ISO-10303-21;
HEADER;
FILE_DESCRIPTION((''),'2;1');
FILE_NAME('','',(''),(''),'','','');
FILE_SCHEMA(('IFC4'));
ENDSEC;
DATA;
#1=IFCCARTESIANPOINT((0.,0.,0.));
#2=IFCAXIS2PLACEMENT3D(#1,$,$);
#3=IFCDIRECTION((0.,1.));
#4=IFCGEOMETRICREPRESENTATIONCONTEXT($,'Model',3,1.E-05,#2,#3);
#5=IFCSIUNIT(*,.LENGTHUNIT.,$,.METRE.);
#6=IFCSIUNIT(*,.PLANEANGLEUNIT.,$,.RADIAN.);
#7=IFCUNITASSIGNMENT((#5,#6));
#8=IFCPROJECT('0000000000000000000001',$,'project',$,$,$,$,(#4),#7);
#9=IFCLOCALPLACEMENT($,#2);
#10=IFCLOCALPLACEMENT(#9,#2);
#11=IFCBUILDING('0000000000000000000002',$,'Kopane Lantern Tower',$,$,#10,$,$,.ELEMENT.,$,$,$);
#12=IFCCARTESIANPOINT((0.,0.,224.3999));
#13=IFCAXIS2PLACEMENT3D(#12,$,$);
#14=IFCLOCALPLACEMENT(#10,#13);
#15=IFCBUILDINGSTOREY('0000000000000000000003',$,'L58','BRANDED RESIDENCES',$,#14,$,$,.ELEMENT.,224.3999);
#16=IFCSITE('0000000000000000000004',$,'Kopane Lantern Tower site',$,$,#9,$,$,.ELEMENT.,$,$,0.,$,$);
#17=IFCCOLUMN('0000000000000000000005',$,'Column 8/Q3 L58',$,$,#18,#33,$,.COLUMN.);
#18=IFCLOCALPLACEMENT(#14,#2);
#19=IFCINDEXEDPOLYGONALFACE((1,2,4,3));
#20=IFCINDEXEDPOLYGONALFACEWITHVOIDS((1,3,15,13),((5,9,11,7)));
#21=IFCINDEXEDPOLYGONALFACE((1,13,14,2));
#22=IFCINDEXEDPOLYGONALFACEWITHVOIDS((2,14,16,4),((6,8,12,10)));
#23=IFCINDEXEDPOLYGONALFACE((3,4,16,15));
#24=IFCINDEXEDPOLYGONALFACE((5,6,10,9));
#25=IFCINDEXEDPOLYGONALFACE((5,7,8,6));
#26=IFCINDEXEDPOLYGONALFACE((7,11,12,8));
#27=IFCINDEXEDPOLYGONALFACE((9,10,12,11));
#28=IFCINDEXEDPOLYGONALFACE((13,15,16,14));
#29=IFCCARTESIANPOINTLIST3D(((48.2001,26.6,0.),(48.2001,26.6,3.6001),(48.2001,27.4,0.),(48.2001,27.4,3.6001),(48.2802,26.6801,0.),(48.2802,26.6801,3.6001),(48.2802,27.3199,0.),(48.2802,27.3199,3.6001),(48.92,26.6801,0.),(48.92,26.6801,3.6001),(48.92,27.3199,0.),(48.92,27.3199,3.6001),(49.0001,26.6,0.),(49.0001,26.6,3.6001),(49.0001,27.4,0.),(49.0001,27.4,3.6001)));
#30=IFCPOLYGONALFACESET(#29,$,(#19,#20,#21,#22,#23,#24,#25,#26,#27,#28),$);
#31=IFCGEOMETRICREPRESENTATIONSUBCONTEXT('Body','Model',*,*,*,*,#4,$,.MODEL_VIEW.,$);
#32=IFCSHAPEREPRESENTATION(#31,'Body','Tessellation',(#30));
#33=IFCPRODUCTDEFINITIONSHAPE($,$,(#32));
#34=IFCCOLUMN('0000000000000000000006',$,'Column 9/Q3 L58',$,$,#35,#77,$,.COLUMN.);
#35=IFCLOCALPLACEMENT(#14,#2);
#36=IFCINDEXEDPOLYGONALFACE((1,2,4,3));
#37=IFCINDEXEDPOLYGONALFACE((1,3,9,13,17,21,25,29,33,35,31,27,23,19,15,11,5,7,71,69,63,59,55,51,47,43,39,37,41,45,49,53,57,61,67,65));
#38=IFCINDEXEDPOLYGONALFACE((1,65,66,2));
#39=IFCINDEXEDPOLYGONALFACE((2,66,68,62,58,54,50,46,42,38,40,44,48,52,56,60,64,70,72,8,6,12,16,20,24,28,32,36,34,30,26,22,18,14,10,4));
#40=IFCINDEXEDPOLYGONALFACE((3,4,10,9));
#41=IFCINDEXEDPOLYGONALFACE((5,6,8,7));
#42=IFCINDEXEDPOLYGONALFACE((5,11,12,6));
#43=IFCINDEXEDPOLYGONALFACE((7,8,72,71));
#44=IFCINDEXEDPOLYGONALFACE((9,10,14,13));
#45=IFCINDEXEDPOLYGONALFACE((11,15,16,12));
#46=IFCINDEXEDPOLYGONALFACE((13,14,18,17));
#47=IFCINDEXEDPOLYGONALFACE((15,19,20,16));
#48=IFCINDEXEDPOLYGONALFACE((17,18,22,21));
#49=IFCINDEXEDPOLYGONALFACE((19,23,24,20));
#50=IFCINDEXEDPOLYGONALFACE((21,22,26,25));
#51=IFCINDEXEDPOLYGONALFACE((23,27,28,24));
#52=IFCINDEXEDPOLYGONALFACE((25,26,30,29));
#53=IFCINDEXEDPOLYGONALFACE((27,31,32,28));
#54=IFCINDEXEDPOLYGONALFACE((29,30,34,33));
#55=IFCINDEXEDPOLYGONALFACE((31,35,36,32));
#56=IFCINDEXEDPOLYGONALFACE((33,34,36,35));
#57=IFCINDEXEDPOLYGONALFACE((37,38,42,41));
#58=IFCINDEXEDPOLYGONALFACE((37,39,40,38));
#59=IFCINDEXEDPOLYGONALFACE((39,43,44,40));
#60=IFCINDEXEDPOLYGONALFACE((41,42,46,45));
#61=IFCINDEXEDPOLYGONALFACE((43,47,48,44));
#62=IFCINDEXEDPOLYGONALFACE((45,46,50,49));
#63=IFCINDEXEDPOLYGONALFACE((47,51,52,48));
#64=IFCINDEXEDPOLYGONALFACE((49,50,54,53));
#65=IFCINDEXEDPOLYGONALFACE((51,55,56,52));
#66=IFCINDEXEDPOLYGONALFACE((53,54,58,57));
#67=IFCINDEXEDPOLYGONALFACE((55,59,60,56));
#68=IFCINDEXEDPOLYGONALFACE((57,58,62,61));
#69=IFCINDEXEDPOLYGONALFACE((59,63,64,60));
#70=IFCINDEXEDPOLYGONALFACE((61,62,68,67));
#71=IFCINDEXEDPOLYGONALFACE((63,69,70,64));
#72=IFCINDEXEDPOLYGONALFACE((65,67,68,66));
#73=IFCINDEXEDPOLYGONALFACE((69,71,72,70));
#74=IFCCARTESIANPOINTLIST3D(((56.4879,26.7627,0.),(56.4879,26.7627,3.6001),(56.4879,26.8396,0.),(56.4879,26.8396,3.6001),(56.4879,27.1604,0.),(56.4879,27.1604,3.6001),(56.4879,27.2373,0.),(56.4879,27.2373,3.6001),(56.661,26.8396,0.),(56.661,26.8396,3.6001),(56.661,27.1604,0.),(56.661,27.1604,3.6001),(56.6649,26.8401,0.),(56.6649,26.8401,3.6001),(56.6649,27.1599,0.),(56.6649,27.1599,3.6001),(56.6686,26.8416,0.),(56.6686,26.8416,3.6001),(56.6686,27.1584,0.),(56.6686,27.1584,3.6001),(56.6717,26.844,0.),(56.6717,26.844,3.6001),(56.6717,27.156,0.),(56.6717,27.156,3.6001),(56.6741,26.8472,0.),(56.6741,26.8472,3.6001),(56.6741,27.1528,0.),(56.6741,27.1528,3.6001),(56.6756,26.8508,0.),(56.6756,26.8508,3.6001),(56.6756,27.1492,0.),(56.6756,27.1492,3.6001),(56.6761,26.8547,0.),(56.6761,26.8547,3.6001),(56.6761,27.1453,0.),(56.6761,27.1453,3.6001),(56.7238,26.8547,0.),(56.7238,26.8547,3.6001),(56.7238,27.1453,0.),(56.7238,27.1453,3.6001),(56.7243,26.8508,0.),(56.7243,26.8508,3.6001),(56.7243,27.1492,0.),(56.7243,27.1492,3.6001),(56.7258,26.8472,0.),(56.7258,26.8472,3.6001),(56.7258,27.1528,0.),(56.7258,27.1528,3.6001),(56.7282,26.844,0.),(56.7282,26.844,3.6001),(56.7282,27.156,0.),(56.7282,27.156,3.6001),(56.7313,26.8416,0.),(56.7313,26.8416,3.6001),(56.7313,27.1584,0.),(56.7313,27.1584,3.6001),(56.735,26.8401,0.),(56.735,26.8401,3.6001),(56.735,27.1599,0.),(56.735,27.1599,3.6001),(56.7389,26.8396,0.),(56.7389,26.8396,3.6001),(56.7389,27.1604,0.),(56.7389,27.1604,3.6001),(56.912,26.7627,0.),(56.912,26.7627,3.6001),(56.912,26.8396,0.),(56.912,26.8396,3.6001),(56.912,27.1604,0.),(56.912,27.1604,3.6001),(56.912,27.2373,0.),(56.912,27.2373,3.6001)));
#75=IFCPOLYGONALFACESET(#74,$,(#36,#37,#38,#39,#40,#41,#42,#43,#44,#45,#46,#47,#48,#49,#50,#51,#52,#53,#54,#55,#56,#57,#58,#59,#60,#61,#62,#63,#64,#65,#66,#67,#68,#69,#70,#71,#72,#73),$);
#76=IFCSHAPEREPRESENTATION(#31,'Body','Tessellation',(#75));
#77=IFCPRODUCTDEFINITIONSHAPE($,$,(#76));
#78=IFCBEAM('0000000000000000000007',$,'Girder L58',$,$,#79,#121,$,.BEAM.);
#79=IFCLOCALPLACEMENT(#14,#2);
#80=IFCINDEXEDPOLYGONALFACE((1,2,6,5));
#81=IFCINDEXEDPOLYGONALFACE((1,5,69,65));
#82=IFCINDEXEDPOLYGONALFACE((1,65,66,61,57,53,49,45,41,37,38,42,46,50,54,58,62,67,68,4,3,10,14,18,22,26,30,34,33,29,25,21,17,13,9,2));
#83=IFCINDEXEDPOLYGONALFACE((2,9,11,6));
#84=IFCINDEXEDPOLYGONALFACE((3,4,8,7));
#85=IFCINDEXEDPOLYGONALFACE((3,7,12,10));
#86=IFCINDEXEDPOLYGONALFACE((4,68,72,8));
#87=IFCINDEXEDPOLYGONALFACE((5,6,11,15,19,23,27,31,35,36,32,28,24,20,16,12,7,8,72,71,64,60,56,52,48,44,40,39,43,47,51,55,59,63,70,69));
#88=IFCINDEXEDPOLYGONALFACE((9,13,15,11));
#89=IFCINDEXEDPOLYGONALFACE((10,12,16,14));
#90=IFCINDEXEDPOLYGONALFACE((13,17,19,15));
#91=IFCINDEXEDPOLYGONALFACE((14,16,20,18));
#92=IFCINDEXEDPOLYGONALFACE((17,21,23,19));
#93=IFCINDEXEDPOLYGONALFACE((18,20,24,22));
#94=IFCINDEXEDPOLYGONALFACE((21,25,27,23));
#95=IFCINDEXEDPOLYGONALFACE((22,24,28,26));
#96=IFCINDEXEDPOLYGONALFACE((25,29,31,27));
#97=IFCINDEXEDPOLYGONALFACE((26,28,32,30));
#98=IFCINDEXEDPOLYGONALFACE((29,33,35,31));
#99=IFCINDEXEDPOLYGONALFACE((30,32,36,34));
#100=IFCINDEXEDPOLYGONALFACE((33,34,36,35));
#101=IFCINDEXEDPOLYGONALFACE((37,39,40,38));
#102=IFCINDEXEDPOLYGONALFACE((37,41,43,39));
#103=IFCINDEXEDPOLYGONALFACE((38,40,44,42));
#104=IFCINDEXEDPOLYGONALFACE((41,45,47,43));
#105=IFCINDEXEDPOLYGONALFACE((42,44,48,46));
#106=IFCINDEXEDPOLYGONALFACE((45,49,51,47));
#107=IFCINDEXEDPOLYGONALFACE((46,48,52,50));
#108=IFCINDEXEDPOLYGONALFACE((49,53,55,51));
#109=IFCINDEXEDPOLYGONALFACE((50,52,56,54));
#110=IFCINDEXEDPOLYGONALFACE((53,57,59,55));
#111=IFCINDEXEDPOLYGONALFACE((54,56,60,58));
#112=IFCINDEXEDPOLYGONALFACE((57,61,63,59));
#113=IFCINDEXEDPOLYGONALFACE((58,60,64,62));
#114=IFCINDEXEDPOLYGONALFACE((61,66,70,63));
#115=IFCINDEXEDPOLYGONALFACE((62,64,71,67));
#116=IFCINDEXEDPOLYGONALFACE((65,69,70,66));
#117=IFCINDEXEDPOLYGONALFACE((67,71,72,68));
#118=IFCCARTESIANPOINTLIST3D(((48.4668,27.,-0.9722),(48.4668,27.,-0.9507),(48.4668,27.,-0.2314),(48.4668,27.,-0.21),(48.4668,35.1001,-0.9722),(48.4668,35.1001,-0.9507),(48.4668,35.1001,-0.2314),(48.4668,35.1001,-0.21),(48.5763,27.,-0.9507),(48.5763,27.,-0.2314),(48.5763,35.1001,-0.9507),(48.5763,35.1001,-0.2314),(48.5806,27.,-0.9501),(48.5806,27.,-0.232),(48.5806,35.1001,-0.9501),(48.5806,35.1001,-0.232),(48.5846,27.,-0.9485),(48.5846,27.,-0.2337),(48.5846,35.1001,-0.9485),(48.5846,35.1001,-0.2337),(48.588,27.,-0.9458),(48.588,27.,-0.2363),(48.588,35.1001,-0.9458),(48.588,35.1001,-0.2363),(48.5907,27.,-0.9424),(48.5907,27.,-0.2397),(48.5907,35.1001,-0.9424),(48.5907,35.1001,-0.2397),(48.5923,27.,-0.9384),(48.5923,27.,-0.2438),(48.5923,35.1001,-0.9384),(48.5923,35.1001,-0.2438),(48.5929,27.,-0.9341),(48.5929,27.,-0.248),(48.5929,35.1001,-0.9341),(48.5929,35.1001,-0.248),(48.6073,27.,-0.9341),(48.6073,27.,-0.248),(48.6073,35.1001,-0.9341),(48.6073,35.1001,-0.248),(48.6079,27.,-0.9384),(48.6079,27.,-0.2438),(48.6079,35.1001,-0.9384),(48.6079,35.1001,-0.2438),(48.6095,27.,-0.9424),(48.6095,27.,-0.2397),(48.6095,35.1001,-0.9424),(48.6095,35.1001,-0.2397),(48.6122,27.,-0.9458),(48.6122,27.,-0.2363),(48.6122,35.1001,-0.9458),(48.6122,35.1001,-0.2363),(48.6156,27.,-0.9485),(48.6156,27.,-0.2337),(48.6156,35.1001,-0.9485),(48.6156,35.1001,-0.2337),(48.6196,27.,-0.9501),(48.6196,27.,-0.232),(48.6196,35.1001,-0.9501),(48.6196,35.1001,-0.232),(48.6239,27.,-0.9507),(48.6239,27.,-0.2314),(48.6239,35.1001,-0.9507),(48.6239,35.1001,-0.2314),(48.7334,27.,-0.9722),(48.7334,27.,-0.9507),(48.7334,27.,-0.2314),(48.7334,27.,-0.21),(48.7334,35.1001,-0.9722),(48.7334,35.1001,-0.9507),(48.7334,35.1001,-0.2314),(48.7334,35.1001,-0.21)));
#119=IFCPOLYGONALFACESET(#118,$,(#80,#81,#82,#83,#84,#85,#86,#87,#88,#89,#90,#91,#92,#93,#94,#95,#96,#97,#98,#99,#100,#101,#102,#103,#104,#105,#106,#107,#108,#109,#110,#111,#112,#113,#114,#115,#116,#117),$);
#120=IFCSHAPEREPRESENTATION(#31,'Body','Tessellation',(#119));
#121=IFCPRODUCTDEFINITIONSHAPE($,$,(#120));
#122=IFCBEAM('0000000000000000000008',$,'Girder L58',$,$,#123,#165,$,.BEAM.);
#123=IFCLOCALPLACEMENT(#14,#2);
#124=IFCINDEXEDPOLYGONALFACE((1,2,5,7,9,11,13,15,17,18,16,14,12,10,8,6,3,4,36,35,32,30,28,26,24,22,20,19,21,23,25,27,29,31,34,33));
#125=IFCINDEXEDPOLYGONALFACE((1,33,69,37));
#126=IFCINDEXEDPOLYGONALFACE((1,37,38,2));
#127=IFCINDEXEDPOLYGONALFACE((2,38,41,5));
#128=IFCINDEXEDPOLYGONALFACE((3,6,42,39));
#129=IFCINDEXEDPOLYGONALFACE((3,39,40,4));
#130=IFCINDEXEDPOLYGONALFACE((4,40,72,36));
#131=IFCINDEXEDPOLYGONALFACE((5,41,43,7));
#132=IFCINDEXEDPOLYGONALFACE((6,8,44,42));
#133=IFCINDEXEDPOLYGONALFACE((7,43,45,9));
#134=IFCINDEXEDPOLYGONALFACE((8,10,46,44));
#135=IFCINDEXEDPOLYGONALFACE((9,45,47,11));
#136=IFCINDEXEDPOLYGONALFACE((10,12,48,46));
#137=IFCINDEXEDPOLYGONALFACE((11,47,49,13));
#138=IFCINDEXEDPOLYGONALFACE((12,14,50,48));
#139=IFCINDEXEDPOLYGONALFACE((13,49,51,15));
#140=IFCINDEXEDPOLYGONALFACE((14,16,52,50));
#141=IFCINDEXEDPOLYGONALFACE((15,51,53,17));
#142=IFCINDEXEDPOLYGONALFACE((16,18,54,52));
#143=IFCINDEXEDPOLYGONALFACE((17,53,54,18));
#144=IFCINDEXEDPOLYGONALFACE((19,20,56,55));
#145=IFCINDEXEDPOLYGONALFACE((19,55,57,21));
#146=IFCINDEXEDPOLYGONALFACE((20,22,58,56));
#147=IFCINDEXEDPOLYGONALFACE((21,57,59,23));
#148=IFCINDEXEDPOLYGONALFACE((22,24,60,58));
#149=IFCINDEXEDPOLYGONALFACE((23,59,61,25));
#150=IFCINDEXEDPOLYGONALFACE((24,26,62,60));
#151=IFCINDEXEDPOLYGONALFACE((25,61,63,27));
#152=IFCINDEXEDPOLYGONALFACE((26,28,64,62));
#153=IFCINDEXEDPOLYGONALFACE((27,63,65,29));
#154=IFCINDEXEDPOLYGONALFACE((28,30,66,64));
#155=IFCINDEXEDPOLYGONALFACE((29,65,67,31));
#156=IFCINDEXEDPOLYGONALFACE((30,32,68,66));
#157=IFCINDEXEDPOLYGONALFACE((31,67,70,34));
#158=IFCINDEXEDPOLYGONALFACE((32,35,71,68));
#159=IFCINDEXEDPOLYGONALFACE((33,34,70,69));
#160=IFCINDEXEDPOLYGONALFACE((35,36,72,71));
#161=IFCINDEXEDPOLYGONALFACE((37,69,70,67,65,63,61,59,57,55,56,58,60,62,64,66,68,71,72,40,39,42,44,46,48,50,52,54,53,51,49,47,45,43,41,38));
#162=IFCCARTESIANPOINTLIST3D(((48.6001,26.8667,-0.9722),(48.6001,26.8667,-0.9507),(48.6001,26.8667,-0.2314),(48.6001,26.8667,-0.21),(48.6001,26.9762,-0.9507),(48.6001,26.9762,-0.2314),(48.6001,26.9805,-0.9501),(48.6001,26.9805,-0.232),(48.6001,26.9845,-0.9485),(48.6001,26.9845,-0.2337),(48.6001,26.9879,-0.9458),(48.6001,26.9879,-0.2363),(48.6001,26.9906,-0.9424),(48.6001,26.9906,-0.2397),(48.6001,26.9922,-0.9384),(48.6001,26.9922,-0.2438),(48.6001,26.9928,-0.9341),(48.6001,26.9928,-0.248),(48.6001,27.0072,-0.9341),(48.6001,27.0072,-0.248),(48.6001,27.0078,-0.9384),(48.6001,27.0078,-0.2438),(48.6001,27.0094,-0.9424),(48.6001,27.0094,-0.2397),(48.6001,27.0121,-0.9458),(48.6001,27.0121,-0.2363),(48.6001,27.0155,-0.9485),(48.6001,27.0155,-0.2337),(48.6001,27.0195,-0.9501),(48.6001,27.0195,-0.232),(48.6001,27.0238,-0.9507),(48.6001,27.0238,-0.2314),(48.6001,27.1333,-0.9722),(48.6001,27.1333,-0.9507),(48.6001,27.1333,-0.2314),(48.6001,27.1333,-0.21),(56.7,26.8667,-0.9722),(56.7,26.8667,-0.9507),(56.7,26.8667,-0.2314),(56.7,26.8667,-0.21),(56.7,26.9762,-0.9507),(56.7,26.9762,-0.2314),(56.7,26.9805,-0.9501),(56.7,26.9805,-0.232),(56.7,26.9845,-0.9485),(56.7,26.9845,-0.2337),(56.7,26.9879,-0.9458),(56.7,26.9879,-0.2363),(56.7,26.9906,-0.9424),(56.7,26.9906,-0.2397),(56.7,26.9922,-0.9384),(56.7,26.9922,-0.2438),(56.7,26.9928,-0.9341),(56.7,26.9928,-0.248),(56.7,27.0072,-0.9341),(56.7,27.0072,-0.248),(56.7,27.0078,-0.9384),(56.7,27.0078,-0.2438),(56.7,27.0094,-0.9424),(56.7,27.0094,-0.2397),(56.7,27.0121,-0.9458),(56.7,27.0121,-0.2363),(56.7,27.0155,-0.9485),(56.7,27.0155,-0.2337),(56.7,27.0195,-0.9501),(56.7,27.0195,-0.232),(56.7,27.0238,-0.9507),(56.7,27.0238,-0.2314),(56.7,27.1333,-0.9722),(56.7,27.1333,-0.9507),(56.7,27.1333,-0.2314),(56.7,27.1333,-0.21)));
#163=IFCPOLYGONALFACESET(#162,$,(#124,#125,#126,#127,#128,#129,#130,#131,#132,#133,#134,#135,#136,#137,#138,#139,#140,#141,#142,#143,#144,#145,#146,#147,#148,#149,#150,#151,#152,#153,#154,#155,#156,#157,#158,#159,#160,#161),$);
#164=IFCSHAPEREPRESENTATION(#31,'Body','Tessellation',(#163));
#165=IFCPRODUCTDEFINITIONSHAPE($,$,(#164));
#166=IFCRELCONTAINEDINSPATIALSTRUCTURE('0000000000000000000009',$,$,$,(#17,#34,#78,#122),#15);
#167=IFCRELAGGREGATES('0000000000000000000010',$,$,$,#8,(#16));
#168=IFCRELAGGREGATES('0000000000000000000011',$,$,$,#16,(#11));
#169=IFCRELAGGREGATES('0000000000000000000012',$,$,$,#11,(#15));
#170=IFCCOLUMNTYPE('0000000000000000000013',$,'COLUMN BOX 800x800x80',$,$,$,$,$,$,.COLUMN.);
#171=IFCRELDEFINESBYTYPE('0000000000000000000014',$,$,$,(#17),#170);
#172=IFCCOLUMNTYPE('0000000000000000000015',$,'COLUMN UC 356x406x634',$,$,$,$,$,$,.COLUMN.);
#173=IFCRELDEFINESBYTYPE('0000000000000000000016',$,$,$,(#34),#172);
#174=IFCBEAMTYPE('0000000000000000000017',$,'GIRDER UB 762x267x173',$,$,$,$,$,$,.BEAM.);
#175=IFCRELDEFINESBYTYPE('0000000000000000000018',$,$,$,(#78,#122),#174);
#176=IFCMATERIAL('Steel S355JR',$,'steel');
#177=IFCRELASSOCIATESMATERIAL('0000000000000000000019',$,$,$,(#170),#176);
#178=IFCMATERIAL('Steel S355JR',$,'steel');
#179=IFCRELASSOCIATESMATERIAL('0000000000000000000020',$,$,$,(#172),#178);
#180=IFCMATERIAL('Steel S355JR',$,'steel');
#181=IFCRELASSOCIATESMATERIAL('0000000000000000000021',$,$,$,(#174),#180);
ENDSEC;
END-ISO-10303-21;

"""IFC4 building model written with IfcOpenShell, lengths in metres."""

from ifc_helpers import new_model, si_unit, direction, frame, origin, origin_2d, place, context, subcontext, project, spatial, hollow_rectangle, i_section, extrude, material, material_profile, profile_set, type_object, element, save


model = new_model("IFC4")

# Units and contexts
model_context = context("Model", 3, precision=1e-05, world=origin(), true_north=direction((0.0, 1.0)))
body_context = subcontext(model_context, "Body", "Model", "MODEL_VIEW")
ifc_project = project(units=[si_unit("LENGTHUNIT", "METRE"), si_unit("PLANEANGLEUNIT", "RADIAN")], contexts=[model_context])

# Site, building, storey
site_placement = place(None, origin())
site = spatial("IfcSite", under=ifc_project, at=site_placement, Name="Kopane Lantern Tower site", CompositionType="ELEMENT", RefElevation=0.0)
building_placement = place(site_placement, origin())
building = spatial("IfcBuilding", under=site, at=building_placement, Name="Kopane Lantern Tower", CompositionType="ELEMENT")
storey_placement = place(building_placement, frame((0.0, 0.0, 224.3999)))
storey = spatial("IfcBuildingStorey", under=building, at=storey_placement, Name="L58", Description="BRANDED RESIDENCES", CompositionType="ELEMENT", Elevation=224.3999)

# Columns
ifc_material_1 = material(Name="Steel S355JR", Category="steel")
ifc_material_profile_1 = material_profile(ifc_material_1, hollow_rectangle(XDim=0.8, YDim=0.8, WallThickness=0.0801, at=origin_2d()), Name="BOX 800x800x80")
ifc_profile_set_1 = profile_set([ifc_material_profile_1], Name="Steel S355JR")
column_type_1 = type_object("IfcColumnType", Name="COLUMN BOX 800x800x80", PredefinedType="COLUMN", material=ifc_profile_set_1)
column_1_placement = place(storey_placement, frame((48.6001, 27.0, 0.0), z_axis=(0.0, 0.0, 1.0), x_axis=(1.0, 0.0, 0.0)))
element("IfcColumn", 1, at=column_1_placement, inside=storey, type_object=column_type_1, Name="Column 8/Q3 L58", PredefinedType="COLUMN", context=body_context, shape_type="SweptSolid", body=[
    extrude(hollow_rectangle(XDim=0.8, YDim=0.8, WallThickness=0.0801, at=origin_2d()), origin(), (0.0, 0.0, 1.0), 3.6001),
])
ifc_material_2 = material(Name="Steel S355JR", Category="steel")
ifc_material_profile_2 = material_profile(ifc_material_2, i_section(OverallWidth=0.4241, OverallDepth=0.4746, WebThickness=0.0476, FlangeThickness=0.0769, FilletRadius=0.0151, at=origin_2d()), Name="UC 356x406x634")
ifc_profile_set_2 = profile_set([ifc_material_profile_2], Name="Steel S355JR")
column_type_2 = type_object("IfcColumnType", Name="COLUMN UC 356x406x634", PredefinedType="COLUMN", material=ifc_profile_set_2)
column_2_placement = place(storey_placement, frame((56.7, 27.0, 0.0), z_axis=(0.0, 0.0, 1.0), x_axis=(1.0, 0.0, 0.0)))
element("IfcColumn", 2, at=column_2_placement, inside=storey, type_object=column_type_2, Name="Column 9/Q3 L58", PredefinedType="COLUMN", context=body_context, shape_type="SweptSolid", body=[
    extrude(i_section(OverallWidth=0.4241, OverallDepth=0.4746, WebThickness=0.0476, FlangeThickness=0.0769, FilletRadius=0.0151, at=origin_2d()), origin(), (0.0, 0.0, 1.0), 3.6001),
])

# Beams
ifc_material_3 = material(Name="Steel S355JR", Category="steel")
ifc_material_profile_3 = material_profile(ifc_material_3, i_section(OverallWidth=0.2666, OverallDepth=0.7622, WebThickness=0.0144, FlangeThickness=0.0215, FilletRadius=0.0166, at=origin_2d()), Name="UB 762x267x173")
ifc_profile_set_3 = profile_set([ifc_material_profile_3], Name="Steel S355JR")
beam_type = type_object("IfcBeamType", Name="GIRDER UB 762x267x173", PredefinedType="BEAM", material=ifc_profile_set_3)
beam_1_placement = place(storey_placement, frame((48.6001, 27.0, -0.5911), z_axis=(0.0, 1.0, 0.0), x_axis=(-1.0, 0.0, 0.0)))
element("IfcBeam", 3, at=beam_1_placement, inside=storey, type_object=beam_type, Name="Girder L58", PredefinedType="BEAM", context=body_context, shape_type="SweptSolid", body=[
    extrude(i_section(OverallWidth=0.2666, OverallDepth=0.7622, WebThickness=0.0144, FlangeThickness=0.0215, FilletRadius=0.0166, at=origin_2d()), origin(), (0.0, 0.0, 1.0), 8.1001),
])
beam_2_placement = place(storey_placement, frame((48.6001, 27.0, -0.5911), z_axis=(1.0, 0.0, 0.0), x_axis=(0.0, 1.0, 0.0)))
element("IfcBeam", 4, at=beam_2_placement, inside=storey, type_object=beam_type, Name="Girder L58", PredefinedType="BEAM", context=body_context, shape_type="SweptSolid", body=[
    extrude(i_section(OverallWidth=0.2666, OverallDepth=0.7622, WebThickness=0.0144, FlangeThickness=0.0215, FilletRadius=0.0166, at=origin_2d()), origin(), (0.0, 0.0, 1.0), 8.0999),
])

save(model, "model.ifc")
